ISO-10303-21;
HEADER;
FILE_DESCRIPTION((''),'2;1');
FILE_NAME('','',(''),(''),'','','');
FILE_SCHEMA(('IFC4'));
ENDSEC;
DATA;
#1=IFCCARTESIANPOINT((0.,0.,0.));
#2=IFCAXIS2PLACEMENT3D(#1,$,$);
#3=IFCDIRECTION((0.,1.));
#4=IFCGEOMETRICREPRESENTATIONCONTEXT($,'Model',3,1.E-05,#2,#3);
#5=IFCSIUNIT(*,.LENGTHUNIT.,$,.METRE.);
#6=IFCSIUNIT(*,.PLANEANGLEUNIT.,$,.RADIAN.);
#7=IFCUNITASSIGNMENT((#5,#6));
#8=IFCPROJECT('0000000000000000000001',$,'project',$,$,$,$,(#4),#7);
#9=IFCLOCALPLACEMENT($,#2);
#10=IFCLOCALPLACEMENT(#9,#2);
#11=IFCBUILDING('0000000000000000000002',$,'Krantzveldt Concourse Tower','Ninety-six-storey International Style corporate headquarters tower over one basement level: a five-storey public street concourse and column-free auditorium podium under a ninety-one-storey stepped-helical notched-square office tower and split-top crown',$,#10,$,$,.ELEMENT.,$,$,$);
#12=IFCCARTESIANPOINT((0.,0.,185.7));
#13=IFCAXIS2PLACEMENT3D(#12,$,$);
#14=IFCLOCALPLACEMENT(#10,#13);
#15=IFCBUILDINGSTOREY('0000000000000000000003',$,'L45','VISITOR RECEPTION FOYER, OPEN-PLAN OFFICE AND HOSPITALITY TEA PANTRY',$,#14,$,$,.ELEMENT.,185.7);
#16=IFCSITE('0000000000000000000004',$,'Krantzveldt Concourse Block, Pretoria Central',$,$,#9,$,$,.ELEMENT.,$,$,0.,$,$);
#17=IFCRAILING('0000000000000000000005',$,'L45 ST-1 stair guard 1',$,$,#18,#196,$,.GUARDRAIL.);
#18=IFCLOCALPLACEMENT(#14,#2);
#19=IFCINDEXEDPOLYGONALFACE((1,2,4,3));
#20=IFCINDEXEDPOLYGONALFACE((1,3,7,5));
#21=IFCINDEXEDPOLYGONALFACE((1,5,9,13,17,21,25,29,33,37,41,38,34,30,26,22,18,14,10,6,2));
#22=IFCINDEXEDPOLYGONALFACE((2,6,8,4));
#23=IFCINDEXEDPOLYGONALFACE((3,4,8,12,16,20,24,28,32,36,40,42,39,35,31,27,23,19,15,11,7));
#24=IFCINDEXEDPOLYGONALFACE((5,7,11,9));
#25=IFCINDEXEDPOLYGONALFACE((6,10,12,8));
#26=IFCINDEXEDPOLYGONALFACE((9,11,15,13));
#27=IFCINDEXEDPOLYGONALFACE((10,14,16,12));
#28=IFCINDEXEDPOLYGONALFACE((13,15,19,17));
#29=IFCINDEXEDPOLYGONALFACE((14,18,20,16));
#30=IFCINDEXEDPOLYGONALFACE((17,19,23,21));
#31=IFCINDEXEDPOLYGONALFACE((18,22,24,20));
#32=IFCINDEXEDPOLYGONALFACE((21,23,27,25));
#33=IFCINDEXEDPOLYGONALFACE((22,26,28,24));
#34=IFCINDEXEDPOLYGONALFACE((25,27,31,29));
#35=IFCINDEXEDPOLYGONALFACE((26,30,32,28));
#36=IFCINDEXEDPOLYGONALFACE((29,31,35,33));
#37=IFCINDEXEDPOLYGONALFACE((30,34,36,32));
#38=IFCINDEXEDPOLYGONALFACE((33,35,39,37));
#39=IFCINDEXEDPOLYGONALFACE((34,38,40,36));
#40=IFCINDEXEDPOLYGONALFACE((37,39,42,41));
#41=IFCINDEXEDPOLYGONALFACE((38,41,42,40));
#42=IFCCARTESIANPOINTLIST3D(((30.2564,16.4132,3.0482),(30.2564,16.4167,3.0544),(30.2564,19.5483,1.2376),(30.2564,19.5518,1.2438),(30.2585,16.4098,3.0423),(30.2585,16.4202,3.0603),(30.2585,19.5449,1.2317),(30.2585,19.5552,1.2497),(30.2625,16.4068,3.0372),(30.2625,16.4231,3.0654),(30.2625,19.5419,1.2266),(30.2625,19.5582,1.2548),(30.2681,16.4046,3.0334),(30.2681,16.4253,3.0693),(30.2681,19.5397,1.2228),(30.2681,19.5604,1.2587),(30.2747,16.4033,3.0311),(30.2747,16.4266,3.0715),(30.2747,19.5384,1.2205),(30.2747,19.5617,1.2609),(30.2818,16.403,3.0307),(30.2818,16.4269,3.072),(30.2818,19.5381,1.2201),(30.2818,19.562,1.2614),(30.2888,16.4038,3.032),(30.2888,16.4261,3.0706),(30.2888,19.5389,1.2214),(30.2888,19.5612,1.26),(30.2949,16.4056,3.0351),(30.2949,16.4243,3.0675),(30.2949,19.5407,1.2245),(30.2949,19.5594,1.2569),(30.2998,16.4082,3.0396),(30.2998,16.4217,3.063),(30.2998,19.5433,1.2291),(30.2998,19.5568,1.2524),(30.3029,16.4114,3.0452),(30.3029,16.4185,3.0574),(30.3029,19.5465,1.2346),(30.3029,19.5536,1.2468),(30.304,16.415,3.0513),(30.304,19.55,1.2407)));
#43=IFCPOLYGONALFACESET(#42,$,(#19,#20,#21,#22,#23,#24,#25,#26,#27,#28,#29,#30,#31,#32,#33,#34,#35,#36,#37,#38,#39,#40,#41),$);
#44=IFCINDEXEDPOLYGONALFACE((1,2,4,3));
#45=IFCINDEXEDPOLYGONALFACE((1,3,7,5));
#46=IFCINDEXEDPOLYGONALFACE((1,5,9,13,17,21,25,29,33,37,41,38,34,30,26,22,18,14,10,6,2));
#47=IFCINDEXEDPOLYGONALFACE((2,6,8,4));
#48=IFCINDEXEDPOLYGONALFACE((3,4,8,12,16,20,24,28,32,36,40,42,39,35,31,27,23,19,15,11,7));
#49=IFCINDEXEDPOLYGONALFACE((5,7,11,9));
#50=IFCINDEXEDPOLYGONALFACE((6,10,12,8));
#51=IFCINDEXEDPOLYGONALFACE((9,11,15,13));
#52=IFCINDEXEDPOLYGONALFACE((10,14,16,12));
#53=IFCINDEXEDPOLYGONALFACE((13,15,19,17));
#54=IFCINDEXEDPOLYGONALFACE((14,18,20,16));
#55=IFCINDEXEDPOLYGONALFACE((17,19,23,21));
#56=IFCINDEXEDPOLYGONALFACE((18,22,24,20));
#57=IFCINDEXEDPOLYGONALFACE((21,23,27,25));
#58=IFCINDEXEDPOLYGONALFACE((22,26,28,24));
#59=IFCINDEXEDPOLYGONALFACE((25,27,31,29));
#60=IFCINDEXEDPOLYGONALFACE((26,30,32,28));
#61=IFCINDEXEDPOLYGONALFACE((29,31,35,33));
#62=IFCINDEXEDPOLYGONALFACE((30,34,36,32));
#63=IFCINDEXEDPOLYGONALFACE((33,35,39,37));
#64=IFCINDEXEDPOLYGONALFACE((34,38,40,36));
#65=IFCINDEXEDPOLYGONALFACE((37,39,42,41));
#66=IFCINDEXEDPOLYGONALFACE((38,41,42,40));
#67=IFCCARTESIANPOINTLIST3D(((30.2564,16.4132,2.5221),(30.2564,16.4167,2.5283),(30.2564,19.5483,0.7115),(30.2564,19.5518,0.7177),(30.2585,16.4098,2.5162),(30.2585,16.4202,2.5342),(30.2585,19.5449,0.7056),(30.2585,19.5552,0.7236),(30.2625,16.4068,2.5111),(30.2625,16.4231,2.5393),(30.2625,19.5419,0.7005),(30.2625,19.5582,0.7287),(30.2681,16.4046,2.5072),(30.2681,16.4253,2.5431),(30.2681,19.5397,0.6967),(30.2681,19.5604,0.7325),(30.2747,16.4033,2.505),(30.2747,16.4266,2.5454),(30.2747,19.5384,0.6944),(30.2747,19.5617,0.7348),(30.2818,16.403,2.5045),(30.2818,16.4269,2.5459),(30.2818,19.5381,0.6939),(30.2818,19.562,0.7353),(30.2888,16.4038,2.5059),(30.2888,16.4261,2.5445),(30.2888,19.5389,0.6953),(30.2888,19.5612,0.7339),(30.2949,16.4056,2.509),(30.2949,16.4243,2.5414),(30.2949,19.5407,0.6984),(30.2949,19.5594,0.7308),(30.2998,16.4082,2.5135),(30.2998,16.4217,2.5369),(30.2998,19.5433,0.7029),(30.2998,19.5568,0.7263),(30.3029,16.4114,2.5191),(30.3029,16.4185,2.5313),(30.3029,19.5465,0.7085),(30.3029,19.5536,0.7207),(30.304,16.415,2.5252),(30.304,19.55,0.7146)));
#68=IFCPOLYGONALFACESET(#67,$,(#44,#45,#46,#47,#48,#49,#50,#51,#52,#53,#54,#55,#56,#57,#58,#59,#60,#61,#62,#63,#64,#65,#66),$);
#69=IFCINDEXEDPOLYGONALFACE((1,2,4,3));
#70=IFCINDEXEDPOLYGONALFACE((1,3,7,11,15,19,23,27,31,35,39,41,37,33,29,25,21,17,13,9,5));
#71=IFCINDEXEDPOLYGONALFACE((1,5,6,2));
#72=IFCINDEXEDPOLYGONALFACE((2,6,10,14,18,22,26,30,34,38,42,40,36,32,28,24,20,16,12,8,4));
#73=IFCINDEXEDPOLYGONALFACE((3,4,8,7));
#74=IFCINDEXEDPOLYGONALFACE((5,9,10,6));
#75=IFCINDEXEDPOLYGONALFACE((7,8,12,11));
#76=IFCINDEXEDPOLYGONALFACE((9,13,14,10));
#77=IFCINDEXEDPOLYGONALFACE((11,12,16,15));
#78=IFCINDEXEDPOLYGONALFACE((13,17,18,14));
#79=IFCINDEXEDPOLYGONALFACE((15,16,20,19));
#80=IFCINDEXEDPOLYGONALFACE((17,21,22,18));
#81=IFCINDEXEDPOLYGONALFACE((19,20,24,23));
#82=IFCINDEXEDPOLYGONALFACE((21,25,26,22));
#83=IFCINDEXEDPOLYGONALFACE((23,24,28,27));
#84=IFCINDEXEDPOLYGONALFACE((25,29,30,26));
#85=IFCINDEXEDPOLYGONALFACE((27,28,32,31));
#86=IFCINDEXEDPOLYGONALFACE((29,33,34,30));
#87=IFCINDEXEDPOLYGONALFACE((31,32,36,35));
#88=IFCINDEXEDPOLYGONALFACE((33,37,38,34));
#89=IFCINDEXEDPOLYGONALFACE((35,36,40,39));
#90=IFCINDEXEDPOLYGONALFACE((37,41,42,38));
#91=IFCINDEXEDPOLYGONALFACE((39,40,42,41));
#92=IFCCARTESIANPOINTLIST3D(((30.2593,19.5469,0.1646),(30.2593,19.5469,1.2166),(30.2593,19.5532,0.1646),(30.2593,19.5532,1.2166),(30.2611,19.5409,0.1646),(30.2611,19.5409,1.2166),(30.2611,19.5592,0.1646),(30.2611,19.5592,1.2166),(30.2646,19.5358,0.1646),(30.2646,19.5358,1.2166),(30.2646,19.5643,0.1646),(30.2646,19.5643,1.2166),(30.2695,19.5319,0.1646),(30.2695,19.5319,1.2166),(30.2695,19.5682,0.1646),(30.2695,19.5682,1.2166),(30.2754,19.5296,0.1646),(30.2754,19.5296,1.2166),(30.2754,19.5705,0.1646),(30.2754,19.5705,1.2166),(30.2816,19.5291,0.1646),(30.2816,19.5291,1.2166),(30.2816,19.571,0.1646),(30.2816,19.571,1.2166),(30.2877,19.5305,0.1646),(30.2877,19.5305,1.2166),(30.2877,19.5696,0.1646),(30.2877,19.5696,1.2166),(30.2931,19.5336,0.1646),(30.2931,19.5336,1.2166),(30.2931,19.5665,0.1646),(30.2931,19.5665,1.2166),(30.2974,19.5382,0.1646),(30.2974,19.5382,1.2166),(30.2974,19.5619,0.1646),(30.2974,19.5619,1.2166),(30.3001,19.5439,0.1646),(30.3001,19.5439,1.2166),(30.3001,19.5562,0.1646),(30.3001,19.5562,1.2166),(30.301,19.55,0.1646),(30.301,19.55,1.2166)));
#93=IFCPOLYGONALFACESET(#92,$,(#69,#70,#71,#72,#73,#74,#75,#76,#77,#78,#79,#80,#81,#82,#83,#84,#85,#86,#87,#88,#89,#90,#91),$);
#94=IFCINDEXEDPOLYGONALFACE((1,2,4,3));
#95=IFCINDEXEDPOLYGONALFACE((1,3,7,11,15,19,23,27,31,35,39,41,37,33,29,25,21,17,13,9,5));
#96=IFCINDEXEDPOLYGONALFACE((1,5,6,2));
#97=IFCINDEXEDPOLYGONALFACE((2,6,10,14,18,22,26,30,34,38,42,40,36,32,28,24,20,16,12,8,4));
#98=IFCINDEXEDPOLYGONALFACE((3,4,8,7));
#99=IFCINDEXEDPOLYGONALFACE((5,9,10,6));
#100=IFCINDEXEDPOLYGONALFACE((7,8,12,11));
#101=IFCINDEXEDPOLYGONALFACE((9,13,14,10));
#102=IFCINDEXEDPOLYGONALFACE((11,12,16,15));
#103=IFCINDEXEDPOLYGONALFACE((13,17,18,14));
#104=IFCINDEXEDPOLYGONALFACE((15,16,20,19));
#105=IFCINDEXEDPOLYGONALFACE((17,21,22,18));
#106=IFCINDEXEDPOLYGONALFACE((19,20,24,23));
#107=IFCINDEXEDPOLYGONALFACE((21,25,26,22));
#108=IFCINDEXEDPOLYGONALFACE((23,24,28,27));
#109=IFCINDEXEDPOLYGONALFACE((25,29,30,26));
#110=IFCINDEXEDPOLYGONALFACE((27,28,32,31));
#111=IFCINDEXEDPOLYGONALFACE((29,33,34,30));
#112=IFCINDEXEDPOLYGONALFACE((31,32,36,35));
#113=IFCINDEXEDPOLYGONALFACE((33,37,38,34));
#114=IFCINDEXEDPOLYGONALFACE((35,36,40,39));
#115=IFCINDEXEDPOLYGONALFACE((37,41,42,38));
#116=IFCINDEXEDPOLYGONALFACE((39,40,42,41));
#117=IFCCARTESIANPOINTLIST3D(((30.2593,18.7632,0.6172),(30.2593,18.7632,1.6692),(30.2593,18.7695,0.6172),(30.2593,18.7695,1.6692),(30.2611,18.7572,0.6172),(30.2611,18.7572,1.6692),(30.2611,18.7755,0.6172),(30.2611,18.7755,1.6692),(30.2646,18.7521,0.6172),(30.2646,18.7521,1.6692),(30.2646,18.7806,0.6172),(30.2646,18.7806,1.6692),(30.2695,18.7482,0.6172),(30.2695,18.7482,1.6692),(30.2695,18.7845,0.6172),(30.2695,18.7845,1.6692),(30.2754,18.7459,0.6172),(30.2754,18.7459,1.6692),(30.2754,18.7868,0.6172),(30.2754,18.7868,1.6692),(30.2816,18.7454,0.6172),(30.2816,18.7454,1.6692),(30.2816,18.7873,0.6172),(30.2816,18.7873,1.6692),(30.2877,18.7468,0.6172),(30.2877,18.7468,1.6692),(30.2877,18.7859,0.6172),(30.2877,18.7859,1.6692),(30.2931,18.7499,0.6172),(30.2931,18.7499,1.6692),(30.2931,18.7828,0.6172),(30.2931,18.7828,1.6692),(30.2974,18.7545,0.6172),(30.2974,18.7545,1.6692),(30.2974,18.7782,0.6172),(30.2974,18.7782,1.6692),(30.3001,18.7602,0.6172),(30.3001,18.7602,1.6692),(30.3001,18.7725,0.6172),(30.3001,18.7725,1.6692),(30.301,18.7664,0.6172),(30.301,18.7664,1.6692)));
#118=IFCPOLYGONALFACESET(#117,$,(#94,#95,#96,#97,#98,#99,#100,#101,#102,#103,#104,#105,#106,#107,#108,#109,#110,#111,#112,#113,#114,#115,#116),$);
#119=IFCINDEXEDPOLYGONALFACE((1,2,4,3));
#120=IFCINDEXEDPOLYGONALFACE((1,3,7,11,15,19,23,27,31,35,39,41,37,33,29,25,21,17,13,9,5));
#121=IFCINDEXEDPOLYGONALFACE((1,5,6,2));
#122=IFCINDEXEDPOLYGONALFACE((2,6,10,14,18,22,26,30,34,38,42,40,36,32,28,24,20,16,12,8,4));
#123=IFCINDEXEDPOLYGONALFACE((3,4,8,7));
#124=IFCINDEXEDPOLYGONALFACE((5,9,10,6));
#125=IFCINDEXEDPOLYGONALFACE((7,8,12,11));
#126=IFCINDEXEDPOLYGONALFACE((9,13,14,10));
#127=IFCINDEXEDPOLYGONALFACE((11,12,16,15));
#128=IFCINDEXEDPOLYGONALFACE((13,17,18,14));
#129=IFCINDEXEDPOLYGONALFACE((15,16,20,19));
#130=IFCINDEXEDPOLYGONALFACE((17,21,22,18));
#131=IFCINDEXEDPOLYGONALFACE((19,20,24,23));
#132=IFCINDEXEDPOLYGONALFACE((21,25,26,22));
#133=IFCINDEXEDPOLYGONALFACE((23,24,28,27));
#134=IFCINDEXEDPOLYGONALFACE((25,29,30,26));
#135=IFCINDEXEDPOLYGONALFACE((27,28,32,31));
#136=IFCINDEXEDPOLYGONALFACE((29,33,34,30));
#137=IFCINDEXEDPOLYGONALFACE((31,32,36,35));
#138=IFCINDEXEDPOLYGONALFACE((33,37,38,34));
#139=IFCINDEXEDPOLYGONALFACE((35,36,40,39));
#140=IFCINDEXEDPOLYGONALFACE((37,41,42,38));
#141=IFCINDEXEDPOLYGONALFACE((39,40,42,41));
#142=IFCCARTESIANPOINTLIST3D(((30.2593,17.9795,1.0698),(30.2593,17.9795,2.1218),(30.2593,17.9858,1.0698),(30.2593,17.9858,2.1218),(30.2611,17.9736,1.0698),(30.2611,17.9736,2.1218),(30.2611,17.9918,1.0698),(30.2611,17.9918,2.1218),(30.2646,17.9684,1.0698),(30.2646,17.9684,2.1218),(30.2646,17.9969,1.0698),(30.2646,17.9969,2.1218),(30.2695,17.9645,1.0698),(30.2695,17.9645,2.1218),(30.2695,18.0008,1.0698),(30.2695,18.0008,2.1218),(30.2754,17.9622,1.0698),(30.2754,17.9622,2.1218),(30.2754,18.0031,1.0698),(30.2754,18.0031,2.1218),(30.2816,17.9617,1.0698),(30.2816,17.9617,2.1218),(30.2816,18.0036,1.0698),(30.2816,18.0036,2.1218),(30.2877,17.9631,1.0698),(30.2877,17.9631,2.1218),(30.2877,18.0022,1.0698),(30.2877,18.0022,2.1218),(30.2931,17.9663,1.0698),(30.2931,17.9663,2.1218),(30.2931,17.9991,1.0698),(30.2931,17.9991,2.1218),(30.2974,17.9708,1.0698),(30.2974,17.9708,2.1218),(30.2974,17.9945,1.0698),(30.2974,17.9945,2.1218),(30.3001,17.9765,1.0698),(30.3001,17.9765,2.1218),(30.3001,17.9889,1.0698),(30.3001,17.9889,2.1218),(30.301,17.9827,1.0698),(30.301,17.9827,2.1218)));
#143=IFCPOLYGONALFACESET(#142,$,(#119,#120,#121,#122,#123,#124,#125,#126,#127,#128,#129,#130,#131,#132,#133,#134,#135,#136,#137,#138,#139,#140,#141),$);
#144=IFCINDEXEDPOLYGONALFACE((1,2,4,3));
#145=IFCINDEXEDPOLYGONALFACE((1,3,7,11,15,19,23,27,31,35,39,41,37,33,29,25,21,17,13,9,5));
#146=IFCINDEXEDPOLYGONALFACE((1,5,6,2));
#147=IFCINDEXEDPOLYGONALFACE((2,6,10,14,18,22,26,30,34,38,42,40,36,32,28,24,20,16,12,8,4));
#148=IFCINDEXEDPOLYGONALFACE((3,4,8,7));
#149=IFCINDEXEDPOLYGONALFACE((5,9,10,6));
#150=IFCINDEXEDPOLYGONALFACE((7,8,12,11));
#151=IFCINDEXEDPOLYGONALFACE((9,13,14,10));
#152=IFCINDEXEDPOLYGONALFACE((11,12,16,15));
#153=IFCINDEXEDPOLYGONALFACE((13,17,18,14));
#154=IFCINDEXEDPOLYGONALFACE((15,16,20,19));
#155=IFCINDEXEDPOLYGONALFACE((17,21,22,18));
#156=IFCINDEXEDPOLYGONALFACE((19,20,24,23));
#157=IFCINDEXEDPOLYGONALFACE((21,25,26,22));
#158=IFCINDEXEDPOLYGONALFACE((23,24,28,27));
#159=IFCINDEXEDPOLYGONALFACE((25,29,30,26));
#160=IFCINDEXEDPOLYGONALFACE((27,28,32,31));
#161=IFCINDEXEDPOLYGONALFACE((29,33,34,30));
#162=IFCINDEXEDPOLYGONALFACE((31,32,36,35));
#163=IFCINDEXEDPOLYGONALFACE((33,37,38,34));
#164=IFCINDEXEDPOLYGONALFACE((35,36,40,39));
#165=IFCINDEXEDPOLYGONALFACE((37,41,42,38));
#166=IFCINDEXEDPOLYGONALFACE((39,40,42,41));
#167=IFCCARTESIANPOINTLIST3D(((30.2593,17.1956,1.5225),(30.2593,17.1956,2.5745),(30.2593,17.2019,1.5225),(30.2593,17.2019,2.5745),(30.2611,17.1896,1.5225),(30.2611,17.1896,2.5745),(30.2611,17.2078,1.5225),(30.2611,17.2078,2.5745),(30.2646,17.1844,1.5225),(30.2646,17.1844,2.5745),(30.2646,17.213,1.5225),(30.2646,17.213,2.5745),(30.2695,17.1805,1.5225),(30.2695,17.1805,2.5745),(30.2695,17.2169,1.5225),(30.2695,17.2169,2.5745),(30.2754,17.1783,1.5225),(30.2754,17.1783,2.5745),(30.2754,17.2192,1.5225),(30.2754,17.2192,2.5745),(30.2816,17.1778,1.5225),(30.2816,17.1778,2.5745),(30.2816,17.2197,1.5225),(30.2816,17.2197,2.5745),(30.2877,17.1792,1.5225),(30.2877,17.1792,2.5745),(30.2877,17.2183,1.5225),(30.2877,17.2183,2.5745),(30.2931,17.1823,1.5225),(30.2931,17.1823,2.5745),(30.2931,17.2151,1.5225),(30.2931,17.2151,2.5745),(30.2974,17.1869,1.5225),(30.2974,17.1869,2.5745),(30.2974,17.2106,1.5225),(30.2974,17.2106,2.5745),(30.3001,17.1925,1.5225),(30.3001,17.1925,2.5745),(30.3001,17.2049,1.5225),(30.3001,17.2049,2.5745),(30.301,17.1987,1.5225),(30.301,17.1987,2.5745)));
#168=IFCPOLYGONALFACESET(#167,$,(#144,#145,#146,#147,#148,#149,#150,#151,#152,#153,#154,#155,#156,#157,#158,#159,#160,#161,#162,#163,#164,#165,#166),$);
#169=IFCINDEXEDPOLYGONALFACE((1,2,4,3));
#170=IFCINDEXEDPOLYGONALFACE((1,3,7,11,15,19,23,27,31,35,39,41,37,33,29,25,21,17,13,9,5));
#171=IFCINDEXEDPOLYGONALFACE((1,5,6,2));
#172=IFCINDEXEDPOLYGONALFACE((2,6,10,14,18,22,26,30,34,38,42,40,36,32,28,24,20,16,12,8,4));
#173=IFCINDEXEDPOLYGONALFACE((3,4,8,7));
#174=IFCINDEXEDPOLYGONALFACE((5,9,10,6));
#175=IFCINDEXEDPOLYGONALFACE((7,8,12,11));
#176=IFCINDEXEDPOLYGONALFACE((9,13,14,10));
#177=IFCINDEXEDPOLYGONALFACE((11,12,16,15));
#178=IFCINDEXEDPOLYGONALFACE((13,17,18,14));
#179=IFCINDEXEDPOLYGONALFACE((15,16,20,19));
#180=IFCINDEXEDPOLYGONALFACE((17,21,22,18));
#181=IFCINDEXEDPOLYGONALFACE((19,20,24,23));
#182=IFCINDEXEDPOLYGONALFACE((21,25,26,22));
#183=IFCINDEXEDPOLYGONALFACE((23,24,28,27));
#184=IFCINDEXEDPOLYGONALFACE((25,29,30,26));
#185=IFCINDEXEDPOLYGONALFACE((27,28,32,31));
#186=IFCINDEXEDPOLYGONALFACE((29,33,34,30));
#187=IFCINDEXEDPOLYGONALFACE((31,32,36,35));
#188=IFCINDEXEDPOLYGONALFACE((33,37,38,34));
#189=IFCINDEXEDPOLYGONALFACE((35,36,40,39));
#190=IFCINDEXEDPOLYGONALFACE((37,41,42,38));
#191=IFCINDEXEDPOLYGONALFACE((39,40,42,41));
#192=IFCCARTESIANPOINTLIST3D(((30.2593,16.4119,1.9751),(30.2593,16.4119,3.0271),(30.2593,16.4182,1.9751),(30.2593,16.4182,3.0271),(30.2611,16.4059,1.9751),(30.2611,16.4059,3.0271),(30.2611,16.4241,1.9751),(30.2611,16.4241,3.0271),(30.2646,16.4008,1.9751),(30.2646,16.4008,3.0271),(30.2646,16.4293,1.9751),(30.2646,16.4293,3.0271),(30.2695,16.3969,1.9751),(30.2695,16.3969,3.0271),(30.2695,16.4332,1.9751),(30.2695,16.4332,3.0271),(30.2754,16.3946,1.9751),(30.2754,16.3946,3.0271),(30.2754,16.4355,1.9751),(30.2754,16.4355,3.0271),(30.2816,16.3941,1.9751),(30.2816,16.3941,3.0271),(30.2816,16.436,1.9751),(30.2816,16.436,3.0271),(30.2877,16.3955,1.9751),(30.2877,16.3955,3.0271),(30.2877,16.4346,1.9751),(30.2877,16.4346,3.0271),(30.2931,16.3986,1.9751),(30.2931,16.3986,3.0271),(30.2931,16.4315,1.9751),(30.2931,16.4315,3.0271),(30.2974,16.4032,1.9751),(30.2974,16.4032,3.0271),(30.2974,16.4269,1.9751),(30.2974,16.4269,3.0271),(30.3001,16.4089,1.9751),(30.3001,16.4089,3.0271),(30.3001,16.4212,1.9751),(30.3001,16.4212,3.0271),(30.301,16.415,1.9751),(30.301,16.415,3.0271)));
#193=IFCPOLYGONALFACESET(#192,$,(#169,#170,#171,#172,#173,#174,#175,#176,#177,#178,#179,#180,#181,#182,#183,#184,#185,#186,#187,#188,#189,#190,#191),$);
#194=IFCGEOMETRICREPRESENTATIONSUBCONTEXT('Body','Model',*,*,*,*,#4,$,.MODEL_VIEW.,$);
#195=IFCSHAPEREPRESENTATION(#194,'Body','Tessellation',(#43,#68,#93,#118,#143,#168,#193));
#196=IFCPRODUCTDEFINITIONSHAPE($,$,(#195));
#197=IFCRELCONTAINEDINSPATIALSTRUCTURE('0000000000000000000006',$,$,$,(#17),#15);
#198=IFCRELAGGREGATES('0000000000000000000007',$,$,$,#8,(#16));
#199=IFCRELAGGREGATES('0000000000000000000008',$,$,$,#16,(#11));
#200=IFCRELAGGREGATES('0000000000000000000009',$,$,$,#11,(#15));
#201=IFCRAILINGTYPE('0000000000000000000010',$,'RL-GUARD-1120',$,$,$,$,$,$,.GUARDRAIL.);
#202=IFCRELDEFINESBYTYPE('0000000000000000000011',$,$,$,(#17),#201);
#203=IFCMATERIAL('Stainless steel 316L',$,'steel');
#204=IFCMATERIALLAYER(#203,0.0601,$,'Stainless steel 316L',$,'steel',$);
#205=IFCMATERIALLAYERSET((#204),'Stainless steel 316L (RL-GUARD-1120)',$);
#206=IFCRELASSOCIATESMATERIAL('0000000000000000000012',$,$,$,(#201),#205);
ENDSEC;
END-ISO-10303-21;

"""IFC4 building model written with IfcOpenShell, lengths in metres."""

from ifc_helpers import new_model, si_unit, direction, frame, origin, origin_2d, place, context, subcontext, project, spatial, circle, extrude, material, layer, layer_set, type_object, element, save


model = new_model("IFC4")

# Units and contexts
model_context = context("Model", 3, precision=1e-05, world=origin(), true_north=direction((0.0, 1.0)))
body_context = subcontext(model_context, "Body", "Model", "MODEL_VIEW")
ifc_project = project(units=[si_unit("LENGTHUNIT", "METRE"), si_unit("PLANEANGLEUNIT", "RADIAN")], contexts=[model_context])

# Site, building, storey
site_placement = place(None, origin())
site = spatial("IfcSite", under=ifc_project, at=site_placement, Name="Krantzveldt Concourse Block, Pretoria Central", CompositionType="ELEMENT", RefElevation=0.0)
building_placement = place(site_placement, origin())
building = spatial("IfcBuilding", under=site, at=building_placement, Name="Krantzveldt Concourse Tower", Description="Ninety-six-storey International Style corporate headquarters tower over one basement level: a five-storey public street concourse and column-free auditorium podium under a ninety-one-storey stepped-helical notched-square office tower and split-top crown", CompositionType="ELEMENT")
storey_placement = place(building_placement, frame((0.0, 0.0, 185.7)))
storey = spatial("IfcBuildingStorey", under=building, at=storey_placement, Name="L45", Description="VISITOR RECEPTION FOYER, OPEN-PLAN OFFICE AND HOSPITALITY TEA PANTRY", CompositionType="ELEMENT", Elevation=185.7)

# Railing
ifc_material_1 = material(Name="Stainless steel 316L", Category="steel")
ifc_layer_1 = layer(ifc_material_1, 0.0601, Name="Stainless steel 316L", Category="steel")
ifc_layer_set_1 = layer_set([ifc_layer_1], Name="Stainless steel 316L (RL-GUARD-1120)")
railing_type_1 = type_object("IfcRailingType", Name="RL-GUARD-1120", PredefinedType="GUARDRAIL", material=ifc_layer_set_1)
railing_1_placement = place(storey_placement, frame((30.28, 19.55, 0.1646)))
element("IfcRailing", 1, at=railing_1_placement, inside=storey, type_object=railing_type_1, Name="L45 ST-1 stair guard 1", PredefinedType="GUARDRAIL", context=body_context, shape_type="SweptSolid", body=[
    extrude(circle(Radius=0.0239, at=origin_2d()), frame((0.0, 0.0, 1.0762), z_axis=(0.0, -0.86596, 0.500114), x_axis=(1.0, 0.0, 0.0)), (0.0, 0.0, 1.0), 3.6204),
    extrude(circle(Radius=0.0239, at=origin_2d()), frame((0.0, 0.0, 0.55), z_axis=(0.0, -0.86596, 0.500114), x_axis=(1.0, 0.0, 0.0)), (0.0, 0.0, 1.0), 3.6204),
    extrude(circle(Radius=0.021, at=origin_2d()), origin(), (0.0, 0.0, 1.0), 1.052),
    extrude(circle(Radius=0.021, at=origin_2d()), frame((0.0, -0.7837, 0.4526)), (0.0, 0.0, 1.0), 1.052),
    extrude(circle(Radius=0.021, at=origin_2d()), frame((0.0, -1.5674, 0.9053)), (0.0, 0.0, 1.0), 1.052),
    extrude(circle(Radius=0.021, at=origin_2d()), frame((0.0, -2.3513, 1.3579)), (0.0, 0.0, 1.0), 1.052),
    extrude(circle(Radius=0.021, at=origin_2d()), frame((0.0, -3.135, 1.8105)), (0.0, 0.0, 1.0), 1.052),
])

save(model, "model.ifc")
